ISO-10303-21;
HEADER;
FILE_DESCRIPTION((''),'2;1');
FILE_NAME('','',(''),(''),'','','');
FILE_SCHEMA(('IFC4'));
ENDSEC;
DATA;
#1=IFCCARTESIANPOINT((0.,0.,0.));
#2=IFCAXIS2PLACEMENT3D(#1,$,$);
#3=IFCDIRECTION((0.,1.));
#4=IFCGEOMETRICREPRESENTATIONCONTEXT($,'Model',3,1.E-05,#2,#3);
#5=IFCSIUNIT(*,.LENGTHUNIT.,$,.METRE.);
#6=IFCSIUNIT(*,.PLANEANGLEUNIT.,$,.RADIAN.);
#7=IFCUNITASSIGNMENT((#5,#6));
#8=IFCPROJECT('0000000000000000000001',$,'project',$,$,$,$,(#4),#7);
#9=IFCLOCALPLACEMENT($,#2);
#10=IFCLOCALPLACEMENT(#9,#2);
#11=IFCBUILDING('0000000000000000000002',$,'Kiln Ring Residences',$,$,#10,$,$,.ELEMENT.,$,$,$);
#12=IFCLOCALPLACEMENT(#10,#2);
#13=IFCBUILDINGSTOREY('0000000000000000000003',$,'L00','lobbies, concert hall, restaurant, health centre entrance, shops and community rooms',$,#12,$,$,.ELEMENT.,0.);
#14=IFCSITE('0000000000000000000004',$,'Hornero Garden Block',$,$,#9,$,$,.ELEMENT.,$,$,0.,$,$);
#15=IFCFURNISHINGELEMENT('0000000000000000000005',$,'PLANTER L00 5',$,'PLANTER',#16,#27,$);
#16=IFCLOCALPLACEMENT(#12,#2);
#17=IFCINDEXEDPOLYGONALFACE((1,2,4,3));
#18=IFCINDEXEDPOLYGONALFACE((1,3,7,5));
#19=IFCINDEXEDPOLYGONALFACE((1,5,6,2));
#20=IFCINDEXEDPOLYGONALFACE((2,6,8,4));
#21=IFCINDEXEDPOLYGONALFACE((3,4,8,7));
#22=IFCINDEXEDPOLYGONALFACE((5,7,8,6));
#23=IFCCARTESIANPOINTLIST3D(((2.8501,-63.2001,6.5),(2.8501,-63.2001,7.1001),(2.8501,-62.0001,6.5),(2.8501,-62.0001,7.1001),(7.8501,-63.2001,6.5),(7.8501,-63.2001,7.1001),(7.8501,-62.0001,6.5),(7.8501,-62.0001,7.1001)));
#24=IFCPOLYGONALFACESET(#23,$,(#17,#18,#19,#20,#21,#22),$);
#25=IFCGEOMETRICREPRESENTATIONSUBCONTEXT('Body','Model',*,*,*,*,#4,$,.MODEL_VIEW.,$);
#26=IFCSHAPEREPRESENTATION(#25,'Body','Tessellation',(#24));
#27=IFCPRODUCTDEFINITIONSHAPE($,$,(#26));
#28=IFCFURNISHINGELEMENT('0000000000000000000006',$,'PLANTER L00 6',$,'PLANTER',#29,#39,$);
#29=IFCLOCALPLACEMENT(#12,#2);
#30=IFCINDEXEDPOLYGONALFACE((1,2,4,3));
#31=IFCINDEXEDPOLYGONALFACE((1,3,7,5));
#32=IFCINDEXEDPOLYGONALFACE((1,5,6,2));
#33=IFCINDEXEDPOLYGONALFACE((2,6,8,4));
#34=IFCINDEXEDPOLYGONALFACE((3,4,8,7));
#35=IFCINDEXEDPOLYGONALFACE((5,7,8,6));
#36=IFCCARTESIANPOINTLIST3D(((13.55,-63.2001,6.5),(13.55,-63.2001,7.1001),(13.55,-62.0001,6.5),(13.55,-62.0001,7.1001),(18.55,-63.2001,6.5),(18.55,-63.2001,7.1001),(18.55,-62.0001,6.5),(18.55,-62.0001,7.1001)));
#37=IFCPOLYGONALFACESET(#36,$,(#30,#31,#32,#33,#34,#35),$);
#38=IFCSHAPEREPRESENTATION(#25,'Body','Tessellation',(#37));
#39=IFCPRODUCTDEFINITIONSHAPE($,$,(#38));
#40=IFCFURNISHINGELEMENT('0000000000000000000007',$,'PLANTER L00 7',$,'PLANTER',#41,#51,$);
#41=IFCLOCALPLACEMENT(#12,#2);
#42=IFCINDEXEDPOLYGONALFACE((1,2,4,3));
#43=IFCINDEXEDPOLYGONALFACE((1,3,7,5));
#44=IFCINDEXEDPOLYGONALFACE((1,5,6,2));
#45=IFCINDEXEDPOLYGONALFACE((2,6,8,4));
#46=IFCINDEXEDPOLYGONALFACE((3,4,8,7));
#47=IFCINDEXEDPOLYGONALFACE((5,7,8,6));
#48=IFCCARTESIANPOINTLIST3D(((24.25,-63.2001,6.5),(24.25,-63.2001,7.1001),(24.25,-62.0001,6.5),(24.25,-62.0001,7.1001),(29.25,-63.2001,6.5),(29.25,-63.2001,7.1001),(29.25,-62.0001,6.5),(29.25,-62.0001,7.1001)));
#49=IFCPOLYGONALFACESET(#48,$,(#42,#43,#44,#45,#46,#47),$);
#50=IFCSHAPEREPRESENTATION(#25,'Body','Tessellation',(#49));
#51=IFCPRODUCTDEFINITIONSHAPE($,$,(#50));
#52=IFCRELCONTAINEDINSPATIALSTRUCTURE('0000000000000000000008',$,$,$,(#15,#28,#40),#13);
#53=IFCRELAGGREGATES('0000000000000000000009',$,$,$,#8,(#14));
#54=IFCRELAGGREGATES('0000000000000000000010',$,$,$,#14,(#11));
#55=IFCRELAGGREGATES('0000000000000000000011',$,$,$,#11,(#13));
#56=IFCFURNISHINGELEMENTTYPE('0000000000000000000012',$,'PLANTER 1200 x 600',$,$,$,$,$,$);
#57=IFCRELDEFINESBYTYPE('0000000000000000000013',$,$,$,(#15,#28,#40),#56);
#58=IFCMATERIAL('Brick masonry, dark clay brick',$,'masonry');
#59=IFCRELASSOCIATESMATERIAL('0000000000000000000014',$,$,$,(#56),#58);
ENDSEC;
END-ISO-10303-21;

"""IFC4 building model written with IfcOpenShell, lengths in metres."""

from ifc_helpers import new_model, si_unit, direction, frame, origin, origin_2d, place, context, subcontext, project, spatial, rectangle, extrude, material, type_object, element, save


model = new_model("IFC4")

# Units and contexts
model_context = context("Model", 3, precision=1e-05, world=origin(), true_north=direction((0.0, 1.0)))
body_context = subcontext(model_context, "Body", "Model", "MODEL_VIEW")
ifc_project = project(units=[si_unit("LENGTHUNIT", "METRE"), si_unit("PLANEANGLEUNIT", "RADIAN")], contexts=[model_context])

# Site, building, storey
site_placement = place(None, origin())
site = spatial("IfcSite", under=ifc_project, at=site_placement, Name="Hornero Garden Block", CompositionType="ELEMENT", RefElevation=0.0)
building_placement = place(site_placement, origin())
building = spatial("IfcBuilding", under=site, at=building_placement, Name="Kiln Ring Residences", CompositionType="ELEMENT")
storey_placement = place(building_placement, origin())
storey = spatial("IfcBuildingStorey", under=building, at=storey_placement, Name="L00", Description="lobbies, concert hall, restaurant, health centre entrance, shops and community rooms", CompositionType="ELEMENT", Elevation=0.0)

# Furnishing elements
ifc_material_1 = material(Name="Brick masonry, dark clay brick", Category="masonry")
furnishing_element_type = type_object("IfcFurnishingElementType", Name="PLANTER 1200 x 600", material=ifc_material_1)
for number, where, z_axis, x_axis, name in (
    (1, (5.3501, -62.6001, 6.5), (0.0, 0.0, 1.0), (1.0, 0.0, 0.0), "PLANTER L00 5"),
    (2, (16.05, -62.6001, 6.5), (0.0, 0.0, 1.0), (1.0, 0.0, 0.0), "PLANTER L00 6"),
    (3, (26.75, -62.6001, 6.5), (0.0, 0.0, 1.0), (1.0, 0.0, 0.0), "PLANTER L00 7"),
):
    element("IfcFurnishingElement", number, at=place(storey_placement, frame(where, z_axis=z_axis, x_axis=x_axis)), inside=storey, type_object=furnishing_element_type, Name=name, ObjectType="PLANTER", context=body_context, shape_type="SweptSolid", body=[
        extrude(rectangle(XDim=5.0, YDim=1.2, at=origin_2d()), origin(), (0.0, 0.0, 1.0), 0.6001),
    ])

save(model, "model.ifc")
